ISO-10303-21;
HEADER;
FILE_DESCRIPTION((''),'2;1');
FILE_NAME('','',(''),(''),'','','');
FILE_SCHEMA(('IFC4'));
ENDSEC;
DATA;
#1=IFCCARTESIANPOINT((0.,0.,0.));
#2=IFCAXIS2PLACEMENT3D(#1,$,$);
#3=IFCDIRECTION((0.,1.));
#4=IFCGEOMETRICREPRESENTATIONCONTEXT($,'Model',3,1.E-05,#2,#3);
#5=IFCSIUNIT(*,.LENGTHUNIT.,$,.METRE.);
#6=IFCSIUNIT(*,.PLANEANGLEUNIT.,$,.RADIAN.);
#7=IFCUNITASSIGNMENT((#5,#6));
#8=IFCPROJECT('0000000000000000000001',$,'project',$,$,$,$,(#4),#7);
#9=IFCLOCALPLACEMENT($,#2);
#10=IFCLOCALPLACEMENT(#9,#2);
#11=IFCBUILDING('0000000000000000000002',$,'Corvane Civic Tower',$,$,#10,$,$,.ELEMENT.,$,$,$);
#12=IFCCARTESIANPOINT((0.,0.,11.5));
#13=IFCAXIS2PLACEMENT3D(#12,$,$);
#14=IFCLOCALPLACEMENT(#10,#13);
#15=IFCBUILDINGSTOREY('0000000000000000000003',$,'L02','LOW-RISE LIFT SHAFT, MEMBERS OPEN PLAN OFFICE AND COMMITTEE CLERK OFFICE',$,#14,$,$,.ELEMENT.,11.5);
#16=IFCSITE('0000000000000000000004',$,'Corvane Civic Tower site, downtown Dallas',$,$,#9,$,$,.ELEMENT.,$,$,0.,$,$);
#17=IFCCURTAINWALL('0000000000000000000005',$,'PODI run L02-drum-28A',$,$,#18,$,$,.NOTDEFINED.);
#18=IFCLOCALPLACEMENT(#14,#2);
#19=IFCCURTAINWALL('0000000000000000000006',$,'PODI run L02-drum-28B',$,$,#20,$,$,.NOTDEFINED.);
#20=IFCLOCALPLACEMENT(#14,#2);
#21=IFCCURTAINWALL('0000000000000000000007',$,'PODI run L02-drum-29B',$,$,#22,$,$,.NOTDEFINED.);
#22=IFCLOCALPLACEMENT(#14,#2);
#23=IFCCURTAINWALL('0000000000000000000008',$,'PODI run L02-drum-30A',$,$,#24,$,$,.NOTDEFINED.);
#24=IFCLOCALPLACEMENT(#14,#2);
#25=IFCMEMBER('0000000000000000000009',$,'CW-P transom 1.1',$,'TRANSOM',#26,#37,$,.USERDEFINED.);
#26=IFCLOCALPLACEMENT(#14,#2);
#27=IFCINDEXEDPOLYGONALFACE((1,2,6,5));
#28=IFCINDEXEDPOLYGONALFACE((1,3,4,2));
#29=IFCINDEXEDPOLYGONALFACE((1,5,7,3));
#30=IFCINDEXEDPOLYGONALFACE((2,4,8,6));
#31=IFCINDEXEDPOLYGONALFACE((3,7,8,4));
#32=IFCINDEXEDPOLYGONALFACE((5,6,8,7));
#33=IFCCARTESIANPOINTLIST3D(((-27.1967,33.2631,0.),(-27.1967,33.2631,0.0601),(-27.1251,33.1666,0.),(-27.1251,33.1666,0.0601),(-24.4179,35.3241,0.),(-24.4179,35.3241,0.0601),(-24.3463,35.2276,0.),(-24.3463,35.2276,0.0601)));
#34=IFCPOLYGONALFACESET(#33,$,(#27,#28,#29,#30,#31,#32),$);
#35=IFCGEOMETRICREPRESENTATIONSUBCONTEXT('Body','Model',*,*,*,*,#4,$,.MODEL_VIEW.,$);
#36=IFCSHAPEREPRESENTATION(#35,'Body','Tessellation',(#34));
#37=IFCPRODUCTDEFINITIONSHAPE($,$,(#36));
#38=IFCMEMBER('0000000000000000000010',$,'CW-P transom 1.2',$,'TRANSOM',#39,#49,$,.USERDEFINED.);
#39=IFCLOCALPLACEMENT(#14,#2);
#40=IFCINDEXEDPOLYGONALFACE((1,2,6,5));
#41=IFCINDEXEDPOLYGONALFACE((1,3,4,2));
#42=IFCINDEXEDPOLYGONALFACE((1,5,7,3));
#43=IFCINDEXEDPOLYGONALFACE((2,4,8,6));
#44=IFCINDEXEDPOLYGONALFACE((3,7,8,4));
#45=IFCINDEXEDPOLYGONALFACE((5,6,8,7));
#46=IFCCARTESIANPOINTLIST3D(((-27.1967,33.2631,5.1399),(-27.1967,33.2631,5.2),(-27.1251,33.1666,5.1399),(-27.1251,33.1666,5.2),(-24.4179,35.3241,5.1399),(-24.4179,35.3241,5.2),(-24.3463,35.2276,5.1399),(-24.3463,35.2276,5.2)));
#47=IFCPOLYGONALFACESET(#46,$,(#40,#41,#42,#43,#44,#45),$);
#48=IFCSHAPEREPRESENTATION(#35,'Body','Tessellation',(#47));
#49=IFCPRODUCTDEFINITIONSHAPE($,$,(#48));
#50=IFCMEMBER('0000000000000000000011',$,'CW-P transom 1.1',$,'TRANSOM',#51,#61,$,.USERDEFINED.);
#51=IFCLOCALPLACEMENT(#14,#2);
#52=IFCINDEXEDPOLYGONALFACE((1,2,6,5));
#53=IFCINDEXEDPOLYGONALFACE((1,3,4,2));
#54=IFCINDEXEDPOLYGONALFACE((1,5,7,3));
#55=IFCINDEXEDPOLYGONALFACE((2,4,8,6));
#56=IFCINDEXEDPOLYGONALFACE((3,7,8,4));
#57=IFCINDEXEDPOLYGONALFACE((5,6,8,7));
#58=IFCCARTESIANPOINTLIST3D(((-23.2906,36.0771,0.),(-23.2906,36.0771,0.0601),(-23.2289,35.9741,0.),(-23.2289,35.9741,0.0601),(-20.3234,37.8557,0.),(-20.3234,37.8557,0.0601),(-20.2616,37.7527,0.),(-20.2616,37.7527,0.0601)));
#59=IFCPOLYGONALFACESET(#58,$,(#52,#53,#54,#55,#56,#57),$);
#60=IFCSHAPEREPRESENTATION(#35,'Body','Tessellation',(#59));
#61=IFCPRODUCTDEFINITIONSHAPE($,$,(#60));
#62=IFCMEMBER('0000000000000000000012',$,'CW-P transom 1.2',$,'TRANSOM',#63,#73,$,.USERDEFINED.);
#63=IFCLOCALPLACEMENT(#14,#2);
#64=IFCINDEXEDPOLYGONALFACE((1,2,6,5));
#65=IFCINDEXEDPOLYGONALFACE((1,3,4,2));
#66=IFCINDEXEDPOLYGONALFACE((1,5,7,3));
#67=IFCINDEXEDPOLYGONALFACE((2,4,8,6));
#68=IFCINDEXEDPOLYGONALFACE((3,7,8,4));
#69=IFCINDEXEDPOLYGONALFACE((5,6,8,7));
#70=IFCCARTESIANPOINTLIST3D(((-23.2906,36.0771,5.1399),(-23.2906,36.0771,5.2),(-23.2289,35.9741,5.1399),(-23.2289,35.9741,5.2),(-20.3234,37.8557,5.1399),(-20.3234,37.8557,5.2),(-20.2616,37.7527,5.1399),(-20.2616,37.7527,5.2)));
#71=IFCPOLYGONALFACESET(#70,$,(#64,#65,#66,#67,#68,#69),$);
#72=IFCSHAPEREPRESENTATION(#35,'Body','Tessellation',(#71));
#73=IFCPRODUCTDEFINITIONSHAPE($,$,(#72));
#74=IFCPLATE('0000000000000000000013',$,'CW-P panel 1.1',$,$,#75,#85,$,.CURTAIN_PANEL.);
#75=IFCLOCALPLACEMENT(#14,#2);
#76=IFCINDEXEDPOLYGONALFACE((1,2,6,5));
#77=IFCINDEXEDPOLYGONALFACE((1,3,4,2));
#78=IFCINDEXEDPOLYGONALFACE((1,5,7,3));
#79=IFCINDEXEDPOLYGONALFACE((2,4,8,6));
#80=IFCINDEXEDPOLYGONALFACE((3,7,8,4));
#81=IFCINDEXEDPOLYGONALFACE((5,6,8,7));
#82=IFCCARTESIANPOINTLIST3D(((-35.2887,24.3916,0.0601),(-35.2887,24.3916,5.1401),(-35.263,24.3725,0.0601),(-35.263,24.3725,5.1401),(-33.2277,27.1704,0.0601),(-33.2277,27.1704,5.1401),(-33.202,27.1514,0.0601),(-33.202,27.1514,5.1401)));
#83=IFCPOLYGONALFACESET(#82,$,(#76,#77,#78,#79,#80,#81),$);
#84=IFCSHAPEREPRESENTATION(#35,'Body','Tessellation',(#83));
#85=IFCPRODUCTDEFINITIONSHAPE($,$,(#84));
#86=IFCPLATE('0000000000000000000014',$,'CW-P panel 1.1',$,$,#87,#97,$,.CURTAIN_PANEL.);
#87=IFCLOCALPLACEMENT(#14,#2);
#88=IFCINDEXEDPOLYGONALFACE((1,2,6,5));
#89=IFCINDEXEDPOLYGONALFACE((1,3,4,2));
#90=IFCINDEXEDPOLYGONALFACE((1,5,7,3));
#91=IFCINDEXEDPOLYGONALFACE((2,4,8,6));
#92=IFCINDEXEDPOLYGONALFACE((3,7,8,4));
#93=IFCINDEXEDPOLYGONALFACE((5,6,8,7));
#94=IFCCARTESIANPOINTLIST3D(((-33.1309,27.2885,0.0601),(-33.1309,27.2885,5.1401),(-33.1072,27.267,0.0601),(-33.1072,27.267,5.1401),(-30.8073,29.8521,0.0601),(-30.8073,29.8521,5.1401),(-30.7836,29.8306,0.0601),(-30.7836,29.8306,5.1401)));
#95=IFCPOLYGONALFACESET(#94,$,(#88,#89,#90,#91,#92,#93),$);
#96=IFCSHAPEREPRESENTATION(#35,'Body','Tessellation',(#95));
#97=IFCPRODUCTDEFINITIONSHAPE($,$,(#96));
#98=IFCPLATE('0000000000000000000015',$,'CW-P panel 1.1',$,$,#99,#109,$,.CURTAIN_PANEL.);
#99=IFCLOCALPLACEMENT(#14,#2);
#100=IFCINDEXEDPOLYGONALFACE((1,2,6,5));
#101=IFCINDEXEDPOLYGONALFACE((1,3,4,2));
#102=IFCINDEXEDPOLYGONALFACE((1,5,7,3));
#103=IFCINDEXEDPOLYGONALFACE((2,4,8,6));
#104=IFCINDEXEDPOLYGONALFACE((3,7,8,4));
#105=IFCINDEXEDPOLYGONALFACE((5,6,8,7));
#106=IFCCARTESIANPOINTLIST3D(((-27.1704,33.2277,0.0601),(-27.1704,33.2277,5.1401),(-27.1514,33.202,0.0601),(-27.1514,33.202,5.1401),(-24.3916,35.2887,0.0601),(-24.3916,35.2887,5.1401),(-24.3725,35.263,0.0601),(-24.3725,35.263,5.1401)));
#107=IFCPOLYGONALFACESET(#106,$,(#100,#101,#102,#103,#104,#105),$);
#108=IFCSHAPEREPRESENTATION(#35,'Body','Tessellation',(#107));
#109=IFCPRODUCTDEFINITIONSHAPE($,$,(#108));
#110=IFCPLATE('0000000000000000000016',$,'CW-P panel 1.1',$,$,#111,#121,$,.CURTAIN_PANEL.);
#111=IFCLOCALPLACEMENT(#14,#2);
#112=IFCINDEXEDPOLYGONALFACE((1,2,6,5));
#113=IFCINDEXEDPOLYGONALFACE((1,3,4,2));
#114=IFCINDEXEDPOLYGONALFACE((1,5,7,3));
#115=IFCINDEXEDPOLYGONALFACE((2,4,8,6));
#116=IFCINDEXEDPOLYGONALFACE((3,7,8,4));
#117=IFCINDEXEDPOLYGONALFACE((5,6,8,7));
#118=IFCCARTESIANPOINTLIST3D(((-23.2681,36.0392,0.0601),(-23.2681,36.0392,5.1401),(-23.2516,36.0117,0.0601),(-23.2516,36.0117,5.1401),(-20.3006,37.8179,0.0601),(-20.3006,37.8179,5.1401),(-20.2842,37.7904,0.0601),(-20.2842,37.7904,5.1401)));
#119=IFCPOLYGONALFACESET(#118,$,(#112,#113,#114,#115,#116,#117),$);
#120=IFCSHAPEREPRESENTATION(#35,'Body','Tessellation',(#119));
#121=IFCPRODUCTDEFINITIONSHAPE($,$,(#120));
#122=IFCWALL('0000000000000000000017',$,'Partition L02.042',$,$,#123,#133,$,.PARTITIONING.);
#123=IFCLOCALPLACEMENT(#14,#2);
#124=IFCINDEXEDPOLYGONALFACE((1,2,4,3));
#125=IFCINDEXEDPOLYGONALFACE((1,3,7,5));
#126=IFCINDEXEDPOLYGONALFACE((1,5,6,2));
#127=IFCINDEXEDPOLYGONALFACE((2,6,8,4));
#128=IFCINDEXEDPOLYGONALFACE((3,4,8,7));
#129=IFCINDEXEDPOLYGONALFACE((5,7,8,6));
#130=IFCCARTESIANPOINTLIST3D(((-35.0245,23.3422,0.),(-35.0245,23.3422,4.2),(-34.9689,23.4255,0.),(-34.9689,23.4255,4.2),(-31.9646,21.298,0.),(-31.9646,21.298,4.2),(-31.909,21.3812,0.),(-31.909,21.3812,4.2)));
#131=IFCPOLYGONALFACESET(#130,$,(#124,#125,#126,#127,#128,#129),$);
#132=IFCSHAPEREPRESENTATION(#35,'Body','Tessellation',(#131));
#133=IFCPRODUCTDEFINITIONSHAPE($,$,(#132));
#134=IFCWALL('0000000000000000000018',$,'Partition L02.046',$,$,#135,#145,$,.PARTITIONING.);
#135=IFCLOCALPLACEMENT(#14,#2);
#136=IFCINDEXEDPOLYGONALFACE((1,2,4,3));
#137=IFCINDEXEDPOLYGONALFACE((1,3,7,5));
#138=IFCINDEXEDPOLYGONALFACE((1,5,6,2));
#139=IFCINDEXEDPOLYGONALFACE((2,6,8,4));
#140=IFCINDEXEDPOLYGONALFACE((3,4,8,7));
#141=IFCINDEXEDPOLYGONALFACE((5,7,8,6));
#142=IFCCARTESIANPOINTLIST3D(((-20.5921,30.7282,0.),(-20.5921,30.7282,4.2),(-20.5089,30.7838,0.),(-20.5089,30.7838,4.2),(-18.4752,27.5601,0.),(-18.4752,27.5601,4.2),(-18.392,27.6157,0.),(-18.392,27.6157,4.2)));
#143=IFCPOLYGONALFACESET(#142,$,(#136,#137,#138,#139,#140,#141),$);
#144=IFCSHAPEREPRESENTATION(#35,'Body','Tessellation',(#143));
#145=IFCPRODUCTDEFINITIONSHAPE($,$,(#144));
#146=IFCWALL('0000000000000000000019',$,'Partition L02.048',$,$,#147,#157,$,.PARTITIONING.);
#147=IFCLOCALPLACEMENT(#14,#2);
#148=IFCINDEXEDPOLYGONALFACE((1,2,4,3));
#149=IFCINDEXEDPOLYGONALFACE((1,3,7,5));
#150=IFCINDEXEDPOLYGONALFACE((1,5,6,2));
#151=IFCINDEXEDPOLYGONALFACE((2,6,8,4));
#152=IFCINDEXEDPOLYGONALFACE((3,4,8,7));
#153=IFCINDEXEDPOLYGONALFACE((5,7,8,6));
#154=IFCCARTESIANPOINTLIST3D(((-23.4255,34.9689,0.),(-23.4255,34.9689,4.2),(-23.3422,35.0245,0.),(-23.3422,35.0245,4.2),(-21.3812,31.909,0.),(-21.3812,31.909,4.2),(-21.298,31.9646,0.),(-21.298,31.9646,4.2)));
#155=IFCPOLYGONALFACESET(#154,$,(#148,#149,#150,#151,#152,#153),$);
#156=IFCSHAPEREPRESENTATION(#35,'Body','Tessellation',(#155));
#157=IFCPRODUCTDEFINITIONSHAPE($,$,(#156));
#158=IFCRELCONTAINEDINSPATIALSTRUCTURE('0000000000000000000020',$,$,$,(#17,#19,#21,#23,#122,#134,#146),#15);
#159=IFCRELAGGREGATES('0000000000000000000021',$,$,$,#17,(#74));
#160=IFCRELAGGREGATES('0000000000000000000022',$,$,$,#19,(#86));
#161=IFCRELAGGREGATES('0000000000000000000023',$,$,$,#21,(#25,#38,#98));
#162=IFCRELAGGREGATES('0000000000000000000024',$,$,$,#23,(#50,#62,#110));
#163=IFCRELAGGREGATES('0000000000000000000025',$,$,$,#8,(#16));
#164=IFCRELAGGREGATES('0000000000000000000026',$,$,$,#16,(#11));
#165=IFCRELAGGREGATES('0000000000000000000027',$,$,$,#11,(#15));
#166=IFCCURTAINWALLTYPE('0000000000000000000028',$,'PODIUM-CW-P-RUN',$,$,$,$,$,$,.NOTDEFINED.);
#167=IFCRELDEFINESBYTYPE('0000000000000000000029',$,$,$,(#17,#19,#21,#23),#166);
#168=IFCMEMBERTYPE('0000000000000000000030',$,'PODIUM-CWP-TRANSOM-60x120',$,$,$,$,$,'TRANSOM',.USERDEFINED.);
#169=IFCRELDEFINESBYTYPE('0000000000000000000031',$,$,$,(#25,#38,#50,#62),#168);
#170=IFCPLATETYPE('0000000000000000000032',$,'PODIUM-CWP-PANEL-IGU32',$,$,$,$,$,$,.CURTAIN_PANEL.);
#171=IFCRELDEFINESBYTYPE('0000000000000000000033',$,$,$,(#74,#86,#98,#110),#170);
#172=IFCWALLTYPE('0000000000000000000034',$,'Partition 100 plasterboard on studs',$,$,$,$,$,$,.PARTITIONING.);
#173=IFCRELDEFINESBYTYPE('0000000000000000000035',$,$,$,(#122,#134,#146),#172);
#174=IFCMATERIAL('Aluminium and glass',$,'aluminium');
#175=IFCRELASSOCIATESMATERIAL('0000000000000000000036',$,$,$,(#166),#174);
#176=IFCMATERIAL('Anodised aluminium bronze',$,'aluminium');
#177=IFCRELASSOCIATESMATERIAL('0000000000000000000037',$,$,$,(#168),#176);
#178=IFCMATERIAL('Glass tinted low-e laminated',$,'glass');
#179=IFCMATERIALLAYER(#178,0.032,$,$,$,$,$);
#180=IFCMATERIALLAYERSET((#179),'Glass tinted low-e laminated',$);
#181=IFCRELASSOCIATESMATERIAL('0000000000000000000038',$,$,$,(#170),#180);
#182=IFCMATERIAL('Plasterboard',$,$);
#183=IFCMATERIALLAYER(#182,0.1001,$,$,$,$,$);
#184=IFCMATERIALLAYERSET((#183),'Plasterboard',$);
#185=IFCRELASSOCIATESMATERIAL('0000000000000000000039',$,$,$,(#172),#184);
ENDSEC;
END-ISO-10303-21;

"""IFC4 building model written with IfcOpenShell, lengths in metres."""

from ifc_helpers import new_model, si_unit, direction, frame, frame_2d, origin, origin_2d, place, context, subcontext, project, spatial, rectangle, extrude, material, layer, layer_set, material_profile, profile_set, type_object, element, aggregate, save


model = new_model("IFC4")

# Units and contexts
model_context = context("Model", 3, precision=1e-05, world=origin(), true_north=direction((0.0, 1.0)))
body_context = subcontext(model_context, "Body", "Model", "MODEL_VIEW")
ifc_project = project(units=[si_unit("LENGTHUNIT", "METRE"), si_unit("PLANEANGLEUNIT", "RADIAN")], contexts=[model_context])

# Site, building, storey
site_placement = place(None, origin())
site = spatial("IfcSite", under=ifc_project, at=site_placement, Name="Corvane Civic Tower site, downtown Dallas", CompositionType="ELEMENT", RefElevation=0.0)
building_placement = place(site_placement, origin())
building = spatial("IfcBuilding", under=site, at=building_placement, Name="Corvane Civic Tower", CompositionType="ELEMENT")
storey_placement = place(building_placement, frame((0.0, 0.0, 11.5)))
storey = spatial("IfcBuildingStorey", under=building, at=storey_placement, Name="L02", Description="LOW-RISE LIFT SHAFT, MEMBERS OPEN PLAN OFFICE AND COMMITTEE CLERK OFFICE", CompositionType="ELEMENT", Elevation=11.5)

# Shared definitions
ifc_material_1 = material(Name="Aluminium and glass", Category="aluminium")
curtain_wall_type = type_object("IfcCurtainWallType", Name="PODIUM-CW-P-RUN", PredefinedType="NOTDEFINED", material=ifc_material_1)

# Curtain walls
curtain_wall_1_placement = place(storey_placement, origin())
curtain_wall_1 = element("IfcCurtainWall", 1, at=curtain_wall_1_placement, inside=storey, type_object=curtain_wall_type, Name="PODI run L02-drum-28A", PredefinedType="NOTDEFINED")
curtain_wall_2_placement = place(storey_placement, origin())
curtain_wall_2 = element("IfcCurtainWall", 2, at=curtain_wall_2_placement, inside=storey, type_object=curtain_wall_type, Name="PODI run L02-drum-28B", PredefinedType="NOTDEFINED")
curtain_wall_3_placement = place(storey_placement, origin())
curtain_wall_3 = element("IfcCurtainWall", 3, at=curtain_wall_3_placement, inside=storey, type_object=curtain_wall_type, Name="PODI run L02-drum-29B", PredefinedType="NOTDEFINED")

# Curtain wall
curtain_wall_4_placement = place(storey_placement, origin())
curtain_wall_4 = element("IfcCurtainWall", 4, at=curtain_wall_4_placement, inside=storey, type_object=curtain_wall_type, Name="PODI run L02-drum-30A", PredefinedType="NOTDEFINED")

# Members
ifc_material_2 = material(Name="Anodised aluminium bronze", Category="aluminium")
ifc_material_profile_1 = material_profile(ifc_material_2, rectangle(XDim=0.1201, YDim=0.0601, at=origin_2d()), Name="AL 120x60")
ifc_profile_set_1 = profile_set([ifc_material_profile_1], Name="Anodised aluminium bronze")
member_type_1 = type_object("IfcMemberType", Name="PODIUM-CWP-TRANSOM-60x120", ElementType="TRANSOM", PredefinedType="USERDEFINED", material=ifc_profile_set_1)
member_1_placement = place(storey_placement, frame((-27.1609, 33.2148, 0.03), z_axis=(0.80319, 0.595724, 0.0), x_axis=(-0.595724, 0.80319, 0.0)))
member_1 = element("IfcMember", 5, at=member_1_placement, type_object=member_type_1, Name="CW-P transom 1.1", ObjectType="TRANSOM", PredefinedType="USERDEFINED", context=body_context, shape_type="SweptSolid", body=[
    extrude(rectangle(XDim=0.1201, YDim=0.0601, at=origin_2d()), origin(), (0.0, 0.0, 1.0), 3.4597),
])
member_2_placement = place(storey_placement, frame((-27.1609, 33.2148, 5.1699), z_axis=(0.80319, 0.595724, 0.0), x_axis=(-0.595724, 0.80319, 0.0)))
member_2 = element("IfcMember", 6, at=member_2_placement, type_object=member_type_1, Name="CW-P transom 1.2", ObjectType="TRANSOM", PredefinedType="USERDEFINED", context=body_context, shape_type="SweptSolid", body=[
    extrude(rectangle(XDim=0.1201, YDim=0.0601, at=origin_2d()), origin(), (0.0, 0.0, 1.0), 3.4597),
])
member_3_placement = place(storey_placement, frame((-23.2598, 36.0256, 0.03), z_axis=(0.857723, 0.514112, 0.0), x_axis=(-0.514112, 0.857723, 0.0)))
member_3 = element("IfcMember", 7, at=member_3_placement, type_object=member_type_1, Name="CW-P transom 1.1", ObjectType="TRANSOM", PredefinedType="USERDEFINED", context=body_context, shape_type="SweptSolid", body=[
    extrude(rectangle(XDim=0.1201, YDim=0.0601, at=origin_2d()), origin(), (0.0, 0.0, 1.0), 3.4595),
])
member_4_placement = place(storey_placement, frame((-23.2598, 36.0256, 5.1699), z_axis=(0.857723, 0.514112, 0.0), x_axis=(-0.514112, 0.857723, 0.0)))
member_4 = element("IfcMember", 8, at=member_4_placement, type_object=member_type_1, Name="CW-P transom 1.2", ObjectType="TRANSOM", PredefinedType="USERDEFINED", context=body_context, shape_type="SweptSolid", body=[
    extrude(rectangle(XDim=0.1201, YDim=0.0601, at=origin_2d()), origin(), (0.0, 0.0, 1.0), 3.4595),
])

# Plates
ifc_material_3 = material(Name="Glass tinted low-e laminated", Category="glass")
ifc_layer_1 = layer(ifc_material_3, 0.032)
ifc_layer_set_1 = layer_set([ifc_layer_1], Name="Glass tinted low-e laminated")
plate_type = type_object("IfcPlateType", Name="PODIUM-CWP-PANEL-IGU32", PredefinedType="CURTAIN_PANEL", material=ifc_layer_set_1)
plate_1_placement = place(storey_placement, frame((-34.2454, 25.7715, 0.0601), z_axis=(0.0, 0.0, 1.0), x_axis=(0.595705, 0.803203, 0.0)))
plate_1 = element("IfcPlate", 9, at=plate_1_placement, type_object=plate_type, Name="CW-P panel 1.1", PredefinedType="CURTAIN_PANEL", context=body_context, shape_type="SweptSolid", body=[
    extrude(rectangle(XDim=3.4597, YDim=0.032, at=origin_2d()), origin(), (0.0, 0.0, 1.0), 5.0801),
])
aggregate(curtain_wall_1, [plate_1])
plate_2_placement = place(storey_placement, frame((-31.9573, 28.5596, 0.0601), z_axis=(0.0, 0.0, 1.0), x_axis=(0.671576, 0.740935, 0.0)))
plate_2 = element("IfcPlate", 10, at=plate_2_placement, type_object=plate_type, Name="CW-P panel 1.1", PredefinedType="CURTAIN_PANEL", context=body_context, shape_type="SweptSolid", body=[
    extrude(rectangle(XDim=3.46, YDim=0.032, at=origin_2d()), origin(), (0.0, 0.0, 1.0), 5.0801),
])
aggregate(curtain_wall_2, [plate_2])
plate_3_placement = place(storey_placement, frame((-25.7715, 34.2454, 0.0601), z_axis=(0.0, 0.0, 1.0), x_axis=(0.803203, 0.595705, 0.0)))
plate_3 = element("IfcPlate", 11, at=plate_3_placement, type_object=plate_type, Name="CW-P panel 1.1", PredefinedType="CURTAIN_PANEL", context=body_context, shape_type="SweptSolid", body=[
    extrude(rectangle(XDim=3.4597, YDim=0.032, at=origin_2d()), origin(), (0.0, 0.0, 1.0), 5.0801),
])
aggregate(curtain_wall_3, [member_1, member_2, plate_3])
plate_4_placement = place(storey_placement, frame((-21.7761, 36.9148, 0.0601), z_axis=(0.0, 0.0, 1.0), x_axis=(0.85772, 0.514118, 0.0)))
plate_4 = element("IfcPlate", 12, at=plate_4_placement, type_object=plate_type, Name="CW-P panel 1.1", PredefinedType="CURTAIN_PANEL", context=body_context, shape_type="SweptSolid", body=[
    extrude(rectangle(XDim=3.4597, YDim=0.032, at=origin_2d()), origin(), (0.0, 0.0, 1.0), 5.0801),
])
aggregate(curtain_wall_4, [member_3, member_4, plate_4])

# Walls
ifc_material_4 = material(Name="Plasterboard")
ifc_layer_2 = layer(ifc_material_4, 0.1001)
ifc_layer_set_2 = layer_set([ifc_layer_2], Name="Plasterboard")
wall_type_1 = type_object("IfcWallType", Name="Partition 100 plasterboard on studs", PredefinedType="PARTITIONING", material=ifc_layer_set_2)
wall_1_placement = place(storey_placement, frame((-34.9966, 23.3838, 0.0), z_axis=(0.0, 0.0, 1.0), x_axis=(0.831509, -0.555511, 0.0)))
element("IfcWall", 13, at=wall_1_placement, inside=storey, type_object=wall_type_1, Name="Partition L02.042", PredefinedType="PARTITIONING", context=body_context, shape_type="SweptSolid", body=[
    extrude(rectangle(XDim=3.6799, YDim=0.1001, at=frame_2d((1.8398, 0.0))), origin(), (0.0, 0.0, 1.0), 4.2),
])
wall_2_placement = place(storey_placement, frame((-20.5505, 30.7561, 0.0), z_axis=(0.0, 0.0, 1.0), x_axis=(0.555572, -0.831468, 0.0)))
element("IfcWall", 14, at=wall_2_placement, inside=storey, type_object=wall_type_1, Name="Partition L02.046", PredefinedType="PARTITIONING", context=body_context, shape_type="SweptSolid", body=[
    extrude(rectangle(XDim=3.8103, YDim=0.1001, at=frame_2d((1.9053, 0.0))), origin(), (0.0, 0.0, 1.0), 4.2),
])
wall_3_placement = place(storey_placement, frame((-23.3838, 34.9966, 0.0), z_axis=(0.0, 0.0, 1.0), x_axis=(0.555511, -0.831509, 0.0)))
element("IfcWall", 15, at=wall_3_placement, inside=storey, type_object=wall_type_1, Name="Partition L02.048", PredefinedType="PARTITIONING", context=body_context, shape_type="SweptSolid", body=[
    extrude(rectangle(XDim=3.6799, YDim=0.1001, at=frame_2d((1.8398, 0.0))), origin(), (0.0, 0.0, 1.0), 4.2),
])

save(model, "model.ifc")
